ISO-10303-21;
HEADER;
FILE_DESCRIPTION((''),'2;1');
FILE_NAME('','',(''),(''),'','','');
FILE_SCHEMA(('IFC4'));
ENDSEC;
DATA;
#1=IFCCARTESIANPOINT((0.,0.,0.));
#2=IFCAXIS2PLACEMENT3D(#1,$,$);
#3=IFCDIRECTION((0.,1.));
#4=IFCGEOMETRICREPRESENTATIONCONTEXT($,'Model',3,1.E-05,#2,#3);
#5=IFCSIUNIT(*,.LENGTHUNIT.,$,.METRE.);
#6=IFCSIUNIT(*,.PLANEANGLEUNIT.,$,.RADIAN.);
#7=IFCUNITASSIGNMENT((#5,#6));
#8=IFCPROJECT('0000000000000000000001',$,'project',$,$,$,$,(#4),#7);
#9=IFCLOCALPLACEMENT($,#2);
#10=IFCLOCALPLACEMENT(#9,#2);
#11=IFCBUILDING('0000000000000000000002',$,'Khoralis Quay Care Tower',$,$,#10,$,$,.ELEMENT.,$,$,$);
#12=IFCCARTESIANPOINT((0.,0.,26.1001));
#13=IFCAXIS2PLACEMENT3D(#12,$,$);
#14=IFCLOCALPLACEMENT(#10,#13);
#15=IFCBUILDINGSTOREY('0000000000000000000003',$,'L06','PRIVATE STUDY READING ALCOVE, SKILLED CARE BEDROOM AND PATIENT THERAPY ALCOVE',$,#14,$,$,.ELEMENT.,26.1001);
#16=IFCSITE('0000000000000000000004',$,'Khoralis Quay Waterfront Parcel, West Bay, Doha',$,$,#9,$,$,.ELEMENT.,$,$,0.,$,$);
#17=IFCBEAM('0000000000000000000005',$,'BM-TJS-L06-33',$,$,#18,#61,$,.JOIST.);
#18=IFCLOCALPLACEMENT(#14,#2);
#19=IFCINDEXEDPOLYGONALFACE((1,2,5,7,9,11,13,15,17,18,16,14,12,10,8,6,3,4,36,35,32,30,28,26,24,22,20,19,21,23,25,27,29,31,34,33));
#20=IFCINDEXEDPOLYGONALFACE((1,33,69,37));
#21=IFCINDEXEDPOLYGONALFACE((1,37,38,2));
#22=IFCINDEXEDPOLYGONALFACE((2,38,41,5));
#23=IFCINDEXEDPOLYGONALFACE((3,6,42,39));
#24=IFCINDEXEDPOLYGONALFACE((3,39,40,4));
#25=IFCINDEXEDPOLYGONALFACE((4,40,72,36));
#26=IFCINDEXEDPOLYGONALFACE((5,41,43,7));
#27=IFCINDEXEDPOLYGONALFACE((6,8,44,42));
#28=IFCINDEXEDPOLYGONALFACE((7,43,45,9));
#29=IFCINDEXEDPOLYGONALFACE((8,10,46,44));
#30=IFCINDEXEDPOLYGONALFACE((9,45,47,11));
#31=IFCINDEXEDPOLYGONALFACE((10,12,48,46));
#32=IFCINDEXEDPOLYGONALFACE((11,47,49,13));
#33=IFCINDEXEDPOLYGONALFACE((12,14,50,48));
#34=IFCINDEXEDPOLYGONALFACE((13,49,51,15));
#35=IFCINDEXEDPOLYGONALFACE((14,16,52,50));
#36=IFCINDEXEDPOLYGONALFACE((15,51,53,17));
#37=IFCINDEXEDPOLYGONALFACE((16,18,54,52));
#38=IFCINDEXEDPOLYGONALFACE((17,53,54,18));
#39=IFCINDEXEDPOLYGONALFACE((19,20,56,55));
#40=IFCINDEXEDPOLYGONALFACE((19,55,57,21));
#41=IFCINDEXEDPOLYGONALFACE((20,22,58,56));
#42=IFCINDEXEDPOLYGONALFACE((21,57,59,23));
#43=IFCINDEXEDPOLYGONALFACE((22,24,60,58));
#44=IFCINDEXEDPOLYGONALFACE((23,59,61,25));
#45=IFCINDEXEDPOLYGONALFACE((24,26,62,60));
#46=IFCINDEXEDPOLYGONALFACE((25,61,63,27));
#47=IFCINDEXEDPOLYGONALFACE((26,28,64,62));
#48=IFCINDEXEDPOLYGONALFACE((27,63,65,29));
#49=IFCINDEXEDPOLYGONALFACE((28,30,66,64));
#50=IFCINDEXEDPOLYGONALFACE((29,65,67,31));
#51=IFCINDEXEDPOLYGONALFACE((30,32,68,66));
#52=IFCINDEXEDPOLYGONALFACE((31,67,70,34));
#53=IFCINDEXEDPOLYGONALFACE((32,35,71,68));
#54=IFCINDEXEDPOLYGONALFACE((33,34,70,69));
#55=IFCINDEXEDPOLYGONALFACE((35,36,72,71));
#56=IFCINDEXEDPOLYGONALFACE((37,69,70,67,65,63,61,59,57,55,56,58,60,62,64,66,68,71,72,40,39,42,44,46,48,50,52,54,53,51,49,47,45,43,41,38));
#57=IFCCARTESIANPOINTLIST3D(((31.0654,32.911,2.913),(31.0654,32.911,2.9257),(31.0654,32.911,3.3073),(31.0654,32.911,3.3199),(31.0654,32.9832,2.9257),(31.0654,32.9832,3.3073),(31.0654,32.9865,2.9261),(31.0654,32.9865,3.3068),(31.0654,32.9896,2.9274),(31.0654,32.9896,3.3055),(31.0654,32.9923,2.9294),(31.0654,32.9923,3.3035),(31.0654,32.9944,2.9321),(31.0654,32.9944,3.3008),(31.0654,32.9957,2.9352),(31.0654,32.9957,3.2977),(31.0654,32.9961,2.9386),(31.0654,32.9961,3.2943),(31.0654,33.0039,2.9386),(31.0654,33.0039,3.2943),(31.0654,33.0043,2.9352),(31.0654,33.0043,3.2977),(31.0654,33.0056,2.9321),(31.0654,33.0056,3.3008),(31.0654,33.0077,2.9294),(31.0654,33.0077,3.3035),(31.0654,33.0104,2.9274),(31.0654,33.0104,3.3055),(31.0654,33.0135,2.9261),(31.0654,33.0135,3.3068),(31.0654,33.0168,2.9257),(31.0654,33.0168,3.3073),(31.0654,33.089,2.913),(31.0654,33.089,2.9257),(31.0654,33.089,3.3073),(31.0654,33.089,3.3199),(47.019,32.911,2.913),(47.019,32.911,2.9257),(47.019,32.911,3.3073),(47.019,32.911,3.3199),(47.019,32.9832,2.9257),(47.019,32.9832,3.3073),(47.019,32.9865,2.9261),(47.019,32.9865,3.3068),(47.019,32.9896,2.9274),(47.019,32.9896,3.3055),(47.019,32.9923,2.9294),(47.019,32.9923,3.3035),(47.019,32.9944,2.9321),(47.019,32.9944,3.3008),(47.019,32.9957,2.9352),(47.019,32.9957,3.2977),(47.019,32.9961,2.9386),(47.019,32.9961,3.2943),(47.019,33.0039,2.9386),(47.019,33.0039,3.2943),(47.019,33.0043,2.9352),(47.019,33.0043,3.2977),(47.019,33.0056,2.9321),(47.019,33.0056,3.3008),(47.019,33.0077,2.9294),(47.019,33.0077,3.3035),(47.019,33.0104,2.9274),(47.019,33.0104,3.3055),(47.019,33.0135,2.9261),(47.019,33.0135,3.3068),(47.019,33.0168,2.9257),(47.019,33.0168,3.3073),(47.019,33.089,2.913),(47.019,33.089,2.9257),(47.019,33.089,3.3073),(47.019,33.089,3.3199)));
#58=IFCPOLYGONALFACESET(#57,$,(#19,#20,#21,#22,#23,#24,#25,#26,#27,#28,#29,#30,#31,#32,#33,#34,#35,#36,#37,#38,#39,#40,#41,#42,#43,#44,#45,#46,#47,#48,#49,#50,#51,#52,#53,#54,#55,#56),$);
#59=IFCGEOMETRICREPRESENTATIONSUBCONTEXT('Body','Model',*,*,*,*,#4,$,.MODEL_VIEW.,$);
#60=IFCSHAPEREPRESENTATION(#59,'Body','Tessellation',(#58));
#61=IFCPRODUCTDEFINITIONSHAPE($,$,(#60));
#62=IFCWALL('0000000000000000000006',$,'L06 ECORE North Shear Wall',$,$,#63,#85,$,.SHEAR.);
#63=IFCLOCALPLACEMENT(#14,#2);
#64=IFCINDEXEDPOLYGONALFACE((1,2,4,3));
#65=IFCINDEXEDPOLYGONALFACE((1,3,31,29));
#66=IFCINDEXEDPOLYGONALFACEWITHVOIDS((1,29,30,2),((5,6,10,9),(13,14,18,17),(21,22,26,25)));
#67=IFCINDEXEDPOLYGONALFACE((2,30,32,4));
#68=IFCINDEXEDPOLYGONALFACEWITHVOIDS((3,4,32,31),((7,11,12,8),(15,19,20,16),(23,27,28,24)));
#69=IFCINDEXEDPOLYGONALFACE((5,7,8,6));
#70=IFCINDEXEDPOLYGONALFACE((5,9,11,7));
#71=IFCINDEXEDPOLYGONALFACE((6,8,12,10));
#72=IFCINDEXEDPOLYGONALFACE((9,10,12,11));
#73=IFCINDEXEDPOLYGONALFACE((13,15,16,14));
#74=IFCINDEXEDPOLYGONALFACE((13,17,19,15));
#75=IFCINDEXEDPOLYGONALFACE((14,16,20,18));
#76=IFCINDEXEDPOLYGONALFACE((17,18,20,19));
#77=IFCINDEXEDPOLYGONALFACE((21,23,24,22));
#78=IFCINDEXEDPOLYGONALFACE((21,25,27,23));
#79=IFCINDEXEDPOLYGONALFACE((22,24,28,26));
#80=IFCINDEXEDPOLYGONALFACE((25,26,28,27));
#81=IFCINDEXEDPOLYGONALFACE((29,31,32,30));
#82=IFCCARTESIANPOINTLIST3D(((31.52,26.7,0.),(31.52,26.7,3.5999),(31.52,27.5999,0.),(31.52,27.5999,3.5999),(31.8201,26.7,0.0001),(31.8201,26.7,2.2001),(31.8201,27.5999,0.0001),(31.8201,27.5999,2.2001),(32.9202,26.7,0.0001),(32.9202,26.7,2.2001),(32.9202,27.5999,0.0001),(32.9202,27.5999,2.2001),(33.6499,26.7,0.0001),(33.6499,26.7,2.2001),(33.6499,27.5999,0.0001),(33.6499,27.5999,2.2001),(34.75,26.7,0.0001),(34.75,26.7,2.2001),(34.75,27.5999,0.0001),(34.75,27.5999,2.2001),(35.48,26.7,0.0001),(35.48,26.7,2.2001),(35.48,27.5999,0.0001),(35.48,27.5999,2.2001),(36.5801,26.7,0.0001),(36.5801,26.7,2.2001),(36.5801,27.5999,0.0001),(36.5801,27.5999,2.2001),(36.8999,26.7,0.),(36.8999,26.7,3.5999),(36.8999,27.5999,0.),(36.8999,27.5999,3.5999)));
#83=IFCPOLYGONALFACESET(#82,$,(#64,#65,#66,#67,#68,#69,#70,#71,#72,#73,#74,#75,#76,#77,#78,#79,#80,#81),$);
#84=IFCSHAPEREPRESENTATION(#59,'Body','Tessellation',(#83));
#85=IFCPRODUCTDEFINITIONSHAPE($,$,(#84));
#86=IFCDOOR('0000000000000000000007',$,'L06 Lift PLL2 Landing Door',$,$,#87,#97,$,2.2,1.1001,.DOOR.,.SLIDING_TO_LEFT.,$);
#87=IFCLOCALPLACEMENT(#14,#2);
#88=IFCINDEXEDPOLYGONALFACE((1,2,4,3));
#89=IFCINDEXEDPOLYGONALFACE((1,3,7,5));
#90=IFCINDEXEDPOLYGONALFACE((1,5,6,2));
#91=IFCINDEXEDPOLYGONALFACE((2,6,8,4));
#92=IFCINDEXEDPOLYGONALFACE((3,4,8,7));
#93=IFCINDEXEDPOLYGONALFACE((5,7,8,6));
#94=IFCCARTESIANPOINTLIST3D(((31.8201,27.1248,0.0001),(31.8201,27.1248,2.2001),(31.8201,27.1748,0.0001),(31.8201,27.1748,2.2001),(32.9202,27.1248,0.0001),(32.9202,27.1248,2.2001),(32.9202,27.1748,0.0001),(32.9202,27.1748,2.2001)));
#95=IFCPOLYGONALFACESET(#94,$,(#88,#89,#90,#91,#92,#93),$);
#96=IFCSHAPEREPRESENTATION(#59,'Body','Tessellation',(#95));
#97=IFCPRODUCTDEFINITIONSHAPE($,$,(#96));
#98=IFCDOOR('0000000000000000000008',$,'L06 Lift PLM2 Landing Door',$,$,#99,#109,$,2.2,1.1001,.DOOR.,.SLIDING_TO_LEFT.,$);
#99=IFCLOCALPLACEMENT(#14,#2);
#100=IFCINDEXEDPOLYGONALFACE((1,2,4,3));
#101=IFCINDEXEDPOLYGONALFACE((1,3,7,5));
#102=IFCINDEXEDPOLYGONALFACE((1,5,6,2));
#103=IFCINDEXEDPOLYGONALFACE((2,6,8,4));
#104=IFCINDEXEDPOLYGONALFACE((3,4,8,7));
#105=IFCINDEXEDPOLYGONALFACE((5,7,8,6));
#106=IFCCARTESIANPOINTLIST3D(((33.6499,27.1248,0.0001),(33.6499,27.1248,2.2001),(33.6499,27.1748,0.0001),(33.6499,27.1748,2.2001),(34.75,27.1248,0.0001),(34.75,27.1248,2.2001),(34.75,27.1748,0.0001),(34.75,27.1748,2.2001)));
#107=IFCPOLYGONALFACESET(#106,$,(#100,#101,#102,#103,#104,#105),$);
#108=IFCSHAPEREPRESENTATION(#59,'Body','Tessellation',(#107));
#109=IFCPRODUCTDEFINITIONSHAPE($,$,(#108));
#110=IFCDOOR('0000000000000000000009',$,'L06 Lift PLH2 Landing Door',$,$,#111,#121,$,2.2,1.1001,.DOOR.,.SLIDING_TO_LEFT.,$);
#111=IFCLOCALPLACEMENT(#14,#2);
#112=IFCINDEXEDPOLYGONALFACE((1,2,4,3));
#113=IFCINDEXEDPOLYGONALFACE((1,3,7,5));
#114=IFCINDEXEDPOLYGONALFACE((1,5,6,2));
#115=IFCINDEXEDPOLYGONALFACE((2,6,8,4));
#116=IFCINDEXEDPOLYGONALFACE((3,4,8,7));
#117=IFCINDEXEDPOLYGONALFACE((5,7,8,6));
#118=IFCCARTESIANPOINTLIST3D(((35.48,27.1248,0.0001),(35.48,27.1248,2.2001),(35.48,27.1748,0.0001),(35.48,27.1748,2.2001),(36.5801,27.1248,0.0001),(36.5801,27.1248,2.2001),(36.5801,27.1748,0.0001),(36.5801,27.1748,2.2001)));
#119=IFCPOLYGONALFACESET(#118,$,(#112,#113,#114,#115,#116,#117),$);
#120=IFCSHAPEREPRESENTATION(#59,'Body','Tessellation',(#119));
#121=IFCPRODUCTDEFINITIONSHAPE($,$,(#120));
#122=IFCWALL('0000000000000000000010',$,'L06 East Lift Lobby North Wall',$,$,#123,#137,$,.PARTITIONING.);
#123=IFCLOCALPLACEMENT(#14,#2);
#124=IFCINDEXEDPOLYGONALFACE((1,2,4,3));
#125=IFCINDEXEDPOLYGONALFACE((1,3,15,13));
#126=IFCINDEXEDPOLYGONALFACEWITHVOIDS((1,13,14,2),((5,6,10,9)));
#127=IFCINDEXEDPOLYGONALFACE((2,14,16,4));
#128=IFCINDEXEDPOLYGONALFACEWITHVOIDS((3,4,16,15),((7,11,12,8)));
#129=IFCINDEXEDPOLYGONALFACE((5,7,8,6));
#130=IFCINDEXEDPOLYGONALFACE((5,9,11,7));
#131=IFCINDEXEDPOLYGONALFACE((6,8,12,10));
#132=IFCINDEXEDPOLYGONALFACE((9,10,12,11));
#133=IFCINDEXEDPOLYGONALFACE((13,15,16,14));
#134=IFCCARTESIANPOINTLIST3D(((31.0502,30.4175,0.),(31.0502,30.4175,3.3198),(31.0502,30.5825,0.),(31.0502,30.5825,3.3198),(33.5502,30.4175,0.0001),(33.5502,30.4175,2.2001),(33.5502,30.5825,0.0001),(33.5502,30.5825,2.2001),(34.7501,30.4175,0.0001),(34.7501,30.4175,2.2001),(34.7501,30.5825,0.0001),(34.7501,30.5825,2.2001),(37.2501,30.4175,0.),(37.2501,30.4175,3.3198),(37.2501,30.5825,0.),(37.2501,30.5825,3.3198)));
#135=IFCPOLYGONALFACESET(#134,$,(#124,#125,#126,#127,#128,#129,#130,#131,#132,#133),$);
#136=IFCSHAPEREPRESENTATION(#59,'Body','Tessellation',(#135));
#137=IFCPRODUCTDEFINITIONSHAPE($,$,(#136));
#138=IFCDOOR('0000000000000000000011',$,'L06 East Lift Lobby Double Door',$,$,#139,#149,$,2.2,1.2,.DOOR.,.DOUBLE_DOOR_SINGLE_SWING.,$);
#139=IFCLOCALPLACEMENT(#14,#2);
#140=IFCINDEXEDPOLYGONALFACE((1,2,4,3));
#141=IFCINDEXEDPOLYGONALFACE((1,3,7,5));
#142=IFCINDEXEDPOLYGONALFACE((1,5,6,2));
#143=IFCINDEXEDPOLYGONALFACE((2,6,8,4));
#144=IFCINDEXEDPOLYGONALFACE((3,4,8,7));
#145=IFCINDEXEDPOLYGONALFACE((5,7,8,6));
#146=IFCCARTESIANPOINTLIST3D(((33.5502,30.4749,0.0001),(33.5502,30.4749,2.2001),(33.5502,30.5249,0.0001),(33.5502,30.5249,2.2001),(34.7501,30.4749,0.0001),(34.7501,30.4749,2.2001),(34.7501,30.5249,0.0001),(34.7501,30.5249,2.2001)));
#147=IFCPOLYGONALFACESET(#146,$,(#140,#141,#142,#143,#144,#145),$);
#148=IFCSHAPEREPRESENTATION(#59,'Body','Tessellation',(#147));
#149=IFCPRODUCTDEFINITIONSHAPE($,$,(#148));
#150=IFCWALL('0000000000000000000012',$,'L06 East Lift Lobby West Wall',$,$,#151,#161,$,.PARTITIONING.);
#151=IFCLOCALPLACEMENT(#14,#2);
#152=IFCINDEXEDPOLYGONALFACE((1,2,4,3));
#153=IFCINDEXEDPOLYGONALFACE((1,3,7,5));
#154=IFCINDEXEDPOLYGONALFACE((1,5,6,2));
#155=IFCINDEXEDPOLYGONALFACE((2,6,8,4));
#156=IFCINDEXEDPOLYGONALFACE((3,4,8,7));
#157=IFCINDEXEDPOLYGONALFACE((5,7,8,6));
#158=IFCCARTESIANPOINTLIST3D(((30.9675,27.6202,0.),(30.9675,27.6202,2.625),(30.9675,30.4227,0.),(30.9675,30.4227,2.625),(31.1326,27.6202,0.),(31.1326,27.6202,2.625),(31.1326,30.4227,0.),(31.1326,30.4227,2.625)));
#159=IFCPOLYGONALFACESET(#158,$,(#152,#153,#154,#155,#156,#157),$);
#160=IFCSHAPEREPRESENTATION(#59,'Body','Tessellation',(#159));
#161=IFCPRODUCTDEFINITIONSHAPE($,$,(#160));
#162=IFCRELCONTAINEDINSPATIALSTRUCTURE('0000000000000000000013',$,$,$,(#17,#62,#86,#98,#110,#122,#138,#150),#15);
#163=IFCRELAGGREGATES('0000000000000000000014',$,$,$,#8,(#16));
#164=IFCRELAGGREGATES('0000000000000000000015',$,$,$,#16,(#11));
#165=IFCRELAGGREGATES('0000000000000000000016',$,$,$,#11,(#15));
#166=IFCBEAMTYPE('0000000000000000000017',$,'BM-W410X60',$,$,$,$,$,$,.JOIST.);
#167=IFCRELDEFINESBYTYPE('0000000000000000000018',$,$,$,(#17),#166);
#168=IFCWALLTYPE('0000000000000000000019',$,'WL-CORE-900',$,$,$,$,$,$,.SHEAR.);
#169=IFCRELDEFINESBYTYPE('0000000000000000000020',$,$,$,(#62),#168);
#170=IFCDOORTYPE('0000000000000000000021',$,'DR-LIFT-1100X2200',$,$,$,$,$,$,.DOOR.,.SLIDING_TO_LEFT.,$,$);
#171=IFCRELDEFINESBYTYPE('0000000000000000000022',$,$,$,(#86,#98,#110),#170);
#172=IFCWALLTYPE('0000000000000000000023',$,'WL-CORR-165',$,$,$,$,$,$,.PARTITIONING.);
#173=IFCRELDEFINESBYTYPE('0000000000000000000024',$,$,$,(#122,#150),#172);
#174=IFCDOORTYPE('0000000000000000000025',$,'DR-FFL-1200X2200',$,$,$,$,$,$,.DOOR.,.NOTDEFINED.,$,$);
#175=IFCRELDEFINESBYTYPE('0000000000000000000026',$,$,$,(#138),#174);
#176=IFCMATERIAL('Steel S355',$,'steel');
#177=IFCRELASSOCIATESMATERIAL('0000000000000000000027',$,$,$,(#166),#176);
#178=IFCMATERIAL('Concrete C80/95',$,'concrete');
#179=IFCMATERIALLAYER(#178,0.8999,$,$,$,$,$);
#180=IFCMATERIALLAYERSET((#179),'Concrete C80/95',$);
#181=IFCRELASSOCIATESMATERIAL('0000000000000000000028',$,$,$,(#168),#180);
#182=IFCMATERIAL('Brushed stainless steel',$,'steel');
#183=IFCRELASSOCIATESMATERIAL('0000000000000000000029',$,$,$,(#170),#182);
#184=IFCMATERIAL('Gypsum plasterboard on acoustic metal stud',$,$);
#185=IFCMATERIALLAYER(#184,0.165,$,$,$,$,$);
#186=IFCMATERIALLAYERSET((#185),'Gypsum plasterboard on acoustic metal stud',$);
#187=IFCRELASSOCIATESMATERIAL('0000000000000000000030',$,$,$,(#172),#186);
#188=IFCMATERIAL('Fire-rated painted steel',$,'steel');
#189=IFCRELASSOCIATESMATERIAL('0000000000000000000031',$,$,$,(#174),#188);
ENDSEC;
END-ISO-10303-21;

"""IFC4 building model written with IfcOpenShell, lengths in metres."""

from ifc_helpers import new_model, si_unit, direction, frame, frame_2d, origin, origin_2d, place, context, subcontext, project, spatial, rectangle, i_section, extrude, source, transform, mapped, material, layer, layer_set, material_profile, profile_set, type_object, element, fill, save


model = new_model("IFC4")

# Units and contexts
model_context = context("Model", 3, precision=1e-05, world=origin(), true_north=direction((0.0, 1.0)))
body_context = subcontext(model_context, "Body", "Model", "MODEL_VIEW")
ifc_project = project(units=[si_unit("LENGTHUNIT", "METRE"), si_unit("PLANEANGLEUNIT", "RADIAN")], contexts=[model_context])

# Site, building, storey
site_placement = place(None, origin())
site = spatial("IfcSite", under=ifc_project, at=site_placement, Name="Khoralis Quay Waterfront Parcel, West Bay, Doha", CompositionType="ELEMENT", RefElevation=0.0)
building_placement = place(site_placement, origin())
building = spatial("IfcBuilding", under=site, at=building_placement, Name="Khoralis Quay Care Tower", CompositionType="ELEMENT")
storey_placement = place(building_placement, frame((0.0, 0.0, 26.1001)))
storey = spatial("IfcBuildingStorey", under=building, at=storey_placement, Name="L06", Description="PRIVATE STUDY READING ALCOVE, SKILLED CARE BEDROOM AND PATIENT THERAPY ALCOVE", CompositionType="ELEMENT", Elevation=26.1001)

# Beam
ifc_material_1 = material(Name="Steel S355", Category="steel")
ifc_material_profile_1 = material_profile(ifc_material_1, i_section(OverallWidth=0.178, OverallDepth=0.407, WebThickness=0.0078, FlangeThickness=0.0127, FilletRadius=0.0129, at=origin_2d()), Name="Steel S355")
ifc_profile_set_1 = profile_set([ifc_material_profile_1], Name="Steel S355")
beam_type_1 = type_object("IfcBeamType", Name="BM-W410X60", PredefinedType="JOIST", material=ifc_profile_set_1)
shared_shape_1 = source(origin(), body_context, "Body", "SweptSolid", [
    extrude(i_section(OverallWidth=0.178, OverallDepth=0.407, WebThickness=0.0078, FlangeThickness=0.0127, FilletRadius=0.0129, at=origin_2d()), origin(), (0.0, 0.0, 1.0), 15.9536),
])
beam_1_placement = place(storey_placement, frame((31.0654, 33.0, 3.1165), z_axis=(1.0, 0.0, 0.0), x_axis=(0.0, 1.0, 0.0)))
element("IfcBeam", 1, at=beam_1_placement, inside=storey, type_object=beam_type_1, Name="BM-TJS-L06-33", PredefinedType="JOIST", context=body_context, shape_type="MappedRepresentation", body=[
    mapped(shared_shape_1, transform((0.0, 0.0, 0.0), scale=1.0)),
])

# Wall, openings, doors
ifc_material_2 = material(Name="Concrete C80/95", Category="concrete")
ifc_layer_1 = layer(ifc_material_2, 0.8999)
ifc_layer_set_1 = layer_set([ifc_layer_1], Name="Concrete C80/95")
wall_type_1 = type_object("IfcWallType", Name="WL-CORE-900", PredefinedType="SHEAR", material=ifc_layer_set_1)
wall_1_placement = place(storey_placement, frame((31.52, 27.1499, 0.0), z_axis=(0.0, 0.0, 1.0), x_axis=(1.0, 0.0, 0.0)))
wall_1 = element("IfcWall", 2, at=wall_1_placement, inside=storey, type_object=wall_type_1, Name="L06 ECORE North Shear Wall", PredefinedType="SHEAR", context=body_context, shape_type="SweptSolid", body=[
    extrude(rectangle(XDim=5.3799, YDim=0.8999, at=frame_2d((2.6899, 0.0))), origin(), (0.0, 0.0, 1.0), 3.5999),
])
opening_1_placement = place(wall_1_placement, frame((0.3, 0.0, 0.0)))
opening_1 = element("IfcOpeningElement", 3, at=opening_1_placement, cuts=wall_1, PredefinedType="OPENING", context=body_context, shape_type="SweptSolid", body=[
    extrude(rectangle(XDim=1.1001, YDim=2.2, at=frame_2d((0.55, 1.1001))), frame((0.0, 0.46, 0.0), z_axis=(0.0, -1.0, 0.0), x_axis=(1.0, 0.0, 0.0)), (0.0, 0.0, 1.0), 0.9199),
])
opening_2_placement = place(wall_1_placement, frame((2.1299, 0.0, 0.0)))
opening_2 = element("IfcOpeningElement", 4, at=opening_2_placement, cuts=wall_1, PredefinedType="OPENING", context=body_context, shape_type="SweptSolid", body=[
    extrude(rectangle(XDim=1.1001, YDim=2.2, at=frame_2d((0.55, 1.1001))), frame((0.0, 0.46, 0.0), z_axis=(0.0, -1.0, 0.0), x_axis=(1.0, 0.0, 0.0)), (0.0, 0.0, 1.0), 0.9199),
])
opening_3_placement = place(wall_1_placement, frame((3.96, 0.0, 0.0)))
opening_3 = element("IfcOpeningElement", 5, at=opening_3_placement, cuts=wall_1, PredefinedType="OPENING", context=body_context, shape_type="SweptSolid", body=[
    extrude(rectangle(XDim=1.1001, YDim=2.2, at=frame_2d((0.55, 1.1001))), frame((0.0, 0.46, 0.0), z_axis=(0.0, -1.0, 0.0), x_axis=(1.0, 0.0, 0.0)), (0.0, 0.0, 1.0), 0.9199),
])
ifc_material_3 = material(Name="Brushed stainless steel", Category="steel")
door_type_1 = type_object("IfcDoorType", Name="DR-LIFT-1100X2200", OperationType="SLIDING_TO_LEFT", PredefinedType="DOOR", material=ifc_material_3)
shared_shape_2 = source(origin(), body_context, "Body", "SweptSolid", [
    extrude(rectangle(XDim=1.1001, YDim=2.2, at=frame_2d((0.55, 1.1001))), frame((0.0, 0.0249, 0.0), z_axis=(0.0, -1.0, 0.0), x_axis=(1.0, 0.0, 0.0)), (0.0, 0.0, 1.0), 0.05),
])
door_1_placement = place(opening_1_placement, origin())
door_1 = element("IfcDoor", 6, at=door_1_placement, inside=storey, type_object=door_type_1, Name="L06 Lift PLL2 Landing Door", OperationType="SLIDING_TO_LEFT", OverallHeight=2.2, OverallWidth=1.1001, PredefinedType="DOOR", context=body_context, shape_type="MappedRepresentation", body=[
    mapped(shared_shape_2, transform((0.0, 0.0, 0.0), scale=1.0)),
])
fill(opening_1, door_1)
door_2_placement = place(opening_2_placement, origin())
door_2 = element("IfcDoor", 7, at=door_2_placement, inside=storey, type_object=door_type_1, Name="L06 Lift PLM2 Landing Door", OperationType="SLIDING_TO_LEFT", OverallHeight=2.2, OverallWidth=1.1001, PredefinedType="DOOR", context=body_context, shape_type="MappedRepresentation", body=[
    mapped(shared_shape_2, transform((0.0, 0.0, 0.0), scale=1.0)),
])
fill(opening_2, door_2)
door_3_placement = place(opening_3_placement, origin())
door_3 = element("IfcDoor", 8, at=door_3_placement, inside=storey, type_object=door_type_1, Name="L06 Lift PLH2 Landing Door", OperationType="SLIDING_TO_LEFT", OverallHeight=2.2, OverallWidth=1.1001, PredefinedType="DOOR", context=body_context, shape_type="MappedRepresentation", body=[
    mapped(shared_shape_2, transform((0.0, 0.0, 0.0), scale=1.0)),
])
fill(opening_3, door_3)

# Wall, opening, door
ifc_material_4 = material(Name="Gypsum plasterboard on acoustic metal stud")
ifc_layer_2 = layer(ifc_material_4, 0.165)
ifc_layer_set_2 = layer_set([ifc_layer_2], Name="Gypsum plasterboard on acoustic metal stud")
wall_type_2 = type_object("IfcWallType", Name="WL-CORR-165", PredefinedType="PARTITIONING", material=ifc_layer_set_2)
wall_2_placement = place(storey_placement, frame((31.05, 30.5, 0.0), z_axis=(0.0, 0.0, 1.0), x_axis=(1.0, 0.0, 0.0)))
wall_2 = element("IfcWall", 9, at=wall_2_placement, inside=storey, type_object=wall_type_2, Name="L06 East Lift Lobby North Wall", PredefinedType="PARTITIONING", context=body_context, shape_type="SweptSolid", body=[
    extrude(rectangle(XDim=6.2, YDim=0.165, at=frame_2d((3.1001, 0.0))), origin(), (0.0, 0.0, 1.0), 3.3198),
])
opening_4_placement = place(wall_2_placement, frame((2.5, 0.0, 0.0)))
opening_4 = element("IfcOpeningElement", 10, at=opening_4_placement, cuts=wall_2, PredefinedType="OPENING", context=body_context, shape_type="SweptSolid", body=[
    extrude(rectangle(XDim=1.2, YDim=2.2, at=frame_2d((0.6001, 1.1001))), frame((0.0, 0.0925, 0.0), z_axis=(0.0, -1.0, 0.0), x_axis=(1.0, 0.0, 0.0)), (0.0, 0.0, 1.0), 0.1851),
])
ifc_material_5 = material(Name="Fire-rated painted steel", Category="steel")
door_type_2 = type_object("IfcDoorType", Name="DR-FFL-1200X2200", OperationType="NOTDEFINED", PredefinedType="DOOR", material=ifc_material_5)
shared_shape_3 = source(origin(), body_context, "Body", "SweptSolid", [
    extrude(rectangle(XDim=1.2, YDim=2.2, at=frame_2d((0.6001, 1.1001))), frame((0.0, 0.0249, 0.0), z_axis=(0.0, -1.0, 0.0), x_axis=(1.0, 0.0, 0.0)), (0.0, 0.0, 1.0), 0.05),
])
door_4_placement = place(opening_4_placement, origin())
door_4 = element("IfcDoor", 11, at=door_4_placement, inside=storey, type_object=door_type_2, Name="L06 East Lift Lobby Double Door", OperationType="DOUBLE_DOOR_SINGLE_SWING", OverallHeight=2.2, OverallWidth=1.2, PredefinedType="DOOR", context=body_context, shape_type="MappedRepresentation", body=[
    mapped(shared_shape_3, transform((0.0, 0.0, 0.0), scale=1.0)),
])
fill(opening_4, door_4)

# Wall
wall_3_placement = place(storey_placement, frame((31.05, 27.6201, 0.0), z_axis=(0.0, 0.0, 1.0), x_axis=(0.0, 1.0, 0.0)))
element("IfcWall", 12, at=wall_3_placement, inside=storey, type_object=wall_type_2, Name="L06 East Lift Lobby West Wall", PredefinedType="PARTITIONING", context=body_context, shape_type="SweptSolid", body=[
    extrude(rectangle(XDim=2.8025, YDim=0.165, at=frame_2d((1.4014, 0.0))), origin(), (0.0, 0.0, 1.0), 2.625),
])

save(model, "model.ifc")
